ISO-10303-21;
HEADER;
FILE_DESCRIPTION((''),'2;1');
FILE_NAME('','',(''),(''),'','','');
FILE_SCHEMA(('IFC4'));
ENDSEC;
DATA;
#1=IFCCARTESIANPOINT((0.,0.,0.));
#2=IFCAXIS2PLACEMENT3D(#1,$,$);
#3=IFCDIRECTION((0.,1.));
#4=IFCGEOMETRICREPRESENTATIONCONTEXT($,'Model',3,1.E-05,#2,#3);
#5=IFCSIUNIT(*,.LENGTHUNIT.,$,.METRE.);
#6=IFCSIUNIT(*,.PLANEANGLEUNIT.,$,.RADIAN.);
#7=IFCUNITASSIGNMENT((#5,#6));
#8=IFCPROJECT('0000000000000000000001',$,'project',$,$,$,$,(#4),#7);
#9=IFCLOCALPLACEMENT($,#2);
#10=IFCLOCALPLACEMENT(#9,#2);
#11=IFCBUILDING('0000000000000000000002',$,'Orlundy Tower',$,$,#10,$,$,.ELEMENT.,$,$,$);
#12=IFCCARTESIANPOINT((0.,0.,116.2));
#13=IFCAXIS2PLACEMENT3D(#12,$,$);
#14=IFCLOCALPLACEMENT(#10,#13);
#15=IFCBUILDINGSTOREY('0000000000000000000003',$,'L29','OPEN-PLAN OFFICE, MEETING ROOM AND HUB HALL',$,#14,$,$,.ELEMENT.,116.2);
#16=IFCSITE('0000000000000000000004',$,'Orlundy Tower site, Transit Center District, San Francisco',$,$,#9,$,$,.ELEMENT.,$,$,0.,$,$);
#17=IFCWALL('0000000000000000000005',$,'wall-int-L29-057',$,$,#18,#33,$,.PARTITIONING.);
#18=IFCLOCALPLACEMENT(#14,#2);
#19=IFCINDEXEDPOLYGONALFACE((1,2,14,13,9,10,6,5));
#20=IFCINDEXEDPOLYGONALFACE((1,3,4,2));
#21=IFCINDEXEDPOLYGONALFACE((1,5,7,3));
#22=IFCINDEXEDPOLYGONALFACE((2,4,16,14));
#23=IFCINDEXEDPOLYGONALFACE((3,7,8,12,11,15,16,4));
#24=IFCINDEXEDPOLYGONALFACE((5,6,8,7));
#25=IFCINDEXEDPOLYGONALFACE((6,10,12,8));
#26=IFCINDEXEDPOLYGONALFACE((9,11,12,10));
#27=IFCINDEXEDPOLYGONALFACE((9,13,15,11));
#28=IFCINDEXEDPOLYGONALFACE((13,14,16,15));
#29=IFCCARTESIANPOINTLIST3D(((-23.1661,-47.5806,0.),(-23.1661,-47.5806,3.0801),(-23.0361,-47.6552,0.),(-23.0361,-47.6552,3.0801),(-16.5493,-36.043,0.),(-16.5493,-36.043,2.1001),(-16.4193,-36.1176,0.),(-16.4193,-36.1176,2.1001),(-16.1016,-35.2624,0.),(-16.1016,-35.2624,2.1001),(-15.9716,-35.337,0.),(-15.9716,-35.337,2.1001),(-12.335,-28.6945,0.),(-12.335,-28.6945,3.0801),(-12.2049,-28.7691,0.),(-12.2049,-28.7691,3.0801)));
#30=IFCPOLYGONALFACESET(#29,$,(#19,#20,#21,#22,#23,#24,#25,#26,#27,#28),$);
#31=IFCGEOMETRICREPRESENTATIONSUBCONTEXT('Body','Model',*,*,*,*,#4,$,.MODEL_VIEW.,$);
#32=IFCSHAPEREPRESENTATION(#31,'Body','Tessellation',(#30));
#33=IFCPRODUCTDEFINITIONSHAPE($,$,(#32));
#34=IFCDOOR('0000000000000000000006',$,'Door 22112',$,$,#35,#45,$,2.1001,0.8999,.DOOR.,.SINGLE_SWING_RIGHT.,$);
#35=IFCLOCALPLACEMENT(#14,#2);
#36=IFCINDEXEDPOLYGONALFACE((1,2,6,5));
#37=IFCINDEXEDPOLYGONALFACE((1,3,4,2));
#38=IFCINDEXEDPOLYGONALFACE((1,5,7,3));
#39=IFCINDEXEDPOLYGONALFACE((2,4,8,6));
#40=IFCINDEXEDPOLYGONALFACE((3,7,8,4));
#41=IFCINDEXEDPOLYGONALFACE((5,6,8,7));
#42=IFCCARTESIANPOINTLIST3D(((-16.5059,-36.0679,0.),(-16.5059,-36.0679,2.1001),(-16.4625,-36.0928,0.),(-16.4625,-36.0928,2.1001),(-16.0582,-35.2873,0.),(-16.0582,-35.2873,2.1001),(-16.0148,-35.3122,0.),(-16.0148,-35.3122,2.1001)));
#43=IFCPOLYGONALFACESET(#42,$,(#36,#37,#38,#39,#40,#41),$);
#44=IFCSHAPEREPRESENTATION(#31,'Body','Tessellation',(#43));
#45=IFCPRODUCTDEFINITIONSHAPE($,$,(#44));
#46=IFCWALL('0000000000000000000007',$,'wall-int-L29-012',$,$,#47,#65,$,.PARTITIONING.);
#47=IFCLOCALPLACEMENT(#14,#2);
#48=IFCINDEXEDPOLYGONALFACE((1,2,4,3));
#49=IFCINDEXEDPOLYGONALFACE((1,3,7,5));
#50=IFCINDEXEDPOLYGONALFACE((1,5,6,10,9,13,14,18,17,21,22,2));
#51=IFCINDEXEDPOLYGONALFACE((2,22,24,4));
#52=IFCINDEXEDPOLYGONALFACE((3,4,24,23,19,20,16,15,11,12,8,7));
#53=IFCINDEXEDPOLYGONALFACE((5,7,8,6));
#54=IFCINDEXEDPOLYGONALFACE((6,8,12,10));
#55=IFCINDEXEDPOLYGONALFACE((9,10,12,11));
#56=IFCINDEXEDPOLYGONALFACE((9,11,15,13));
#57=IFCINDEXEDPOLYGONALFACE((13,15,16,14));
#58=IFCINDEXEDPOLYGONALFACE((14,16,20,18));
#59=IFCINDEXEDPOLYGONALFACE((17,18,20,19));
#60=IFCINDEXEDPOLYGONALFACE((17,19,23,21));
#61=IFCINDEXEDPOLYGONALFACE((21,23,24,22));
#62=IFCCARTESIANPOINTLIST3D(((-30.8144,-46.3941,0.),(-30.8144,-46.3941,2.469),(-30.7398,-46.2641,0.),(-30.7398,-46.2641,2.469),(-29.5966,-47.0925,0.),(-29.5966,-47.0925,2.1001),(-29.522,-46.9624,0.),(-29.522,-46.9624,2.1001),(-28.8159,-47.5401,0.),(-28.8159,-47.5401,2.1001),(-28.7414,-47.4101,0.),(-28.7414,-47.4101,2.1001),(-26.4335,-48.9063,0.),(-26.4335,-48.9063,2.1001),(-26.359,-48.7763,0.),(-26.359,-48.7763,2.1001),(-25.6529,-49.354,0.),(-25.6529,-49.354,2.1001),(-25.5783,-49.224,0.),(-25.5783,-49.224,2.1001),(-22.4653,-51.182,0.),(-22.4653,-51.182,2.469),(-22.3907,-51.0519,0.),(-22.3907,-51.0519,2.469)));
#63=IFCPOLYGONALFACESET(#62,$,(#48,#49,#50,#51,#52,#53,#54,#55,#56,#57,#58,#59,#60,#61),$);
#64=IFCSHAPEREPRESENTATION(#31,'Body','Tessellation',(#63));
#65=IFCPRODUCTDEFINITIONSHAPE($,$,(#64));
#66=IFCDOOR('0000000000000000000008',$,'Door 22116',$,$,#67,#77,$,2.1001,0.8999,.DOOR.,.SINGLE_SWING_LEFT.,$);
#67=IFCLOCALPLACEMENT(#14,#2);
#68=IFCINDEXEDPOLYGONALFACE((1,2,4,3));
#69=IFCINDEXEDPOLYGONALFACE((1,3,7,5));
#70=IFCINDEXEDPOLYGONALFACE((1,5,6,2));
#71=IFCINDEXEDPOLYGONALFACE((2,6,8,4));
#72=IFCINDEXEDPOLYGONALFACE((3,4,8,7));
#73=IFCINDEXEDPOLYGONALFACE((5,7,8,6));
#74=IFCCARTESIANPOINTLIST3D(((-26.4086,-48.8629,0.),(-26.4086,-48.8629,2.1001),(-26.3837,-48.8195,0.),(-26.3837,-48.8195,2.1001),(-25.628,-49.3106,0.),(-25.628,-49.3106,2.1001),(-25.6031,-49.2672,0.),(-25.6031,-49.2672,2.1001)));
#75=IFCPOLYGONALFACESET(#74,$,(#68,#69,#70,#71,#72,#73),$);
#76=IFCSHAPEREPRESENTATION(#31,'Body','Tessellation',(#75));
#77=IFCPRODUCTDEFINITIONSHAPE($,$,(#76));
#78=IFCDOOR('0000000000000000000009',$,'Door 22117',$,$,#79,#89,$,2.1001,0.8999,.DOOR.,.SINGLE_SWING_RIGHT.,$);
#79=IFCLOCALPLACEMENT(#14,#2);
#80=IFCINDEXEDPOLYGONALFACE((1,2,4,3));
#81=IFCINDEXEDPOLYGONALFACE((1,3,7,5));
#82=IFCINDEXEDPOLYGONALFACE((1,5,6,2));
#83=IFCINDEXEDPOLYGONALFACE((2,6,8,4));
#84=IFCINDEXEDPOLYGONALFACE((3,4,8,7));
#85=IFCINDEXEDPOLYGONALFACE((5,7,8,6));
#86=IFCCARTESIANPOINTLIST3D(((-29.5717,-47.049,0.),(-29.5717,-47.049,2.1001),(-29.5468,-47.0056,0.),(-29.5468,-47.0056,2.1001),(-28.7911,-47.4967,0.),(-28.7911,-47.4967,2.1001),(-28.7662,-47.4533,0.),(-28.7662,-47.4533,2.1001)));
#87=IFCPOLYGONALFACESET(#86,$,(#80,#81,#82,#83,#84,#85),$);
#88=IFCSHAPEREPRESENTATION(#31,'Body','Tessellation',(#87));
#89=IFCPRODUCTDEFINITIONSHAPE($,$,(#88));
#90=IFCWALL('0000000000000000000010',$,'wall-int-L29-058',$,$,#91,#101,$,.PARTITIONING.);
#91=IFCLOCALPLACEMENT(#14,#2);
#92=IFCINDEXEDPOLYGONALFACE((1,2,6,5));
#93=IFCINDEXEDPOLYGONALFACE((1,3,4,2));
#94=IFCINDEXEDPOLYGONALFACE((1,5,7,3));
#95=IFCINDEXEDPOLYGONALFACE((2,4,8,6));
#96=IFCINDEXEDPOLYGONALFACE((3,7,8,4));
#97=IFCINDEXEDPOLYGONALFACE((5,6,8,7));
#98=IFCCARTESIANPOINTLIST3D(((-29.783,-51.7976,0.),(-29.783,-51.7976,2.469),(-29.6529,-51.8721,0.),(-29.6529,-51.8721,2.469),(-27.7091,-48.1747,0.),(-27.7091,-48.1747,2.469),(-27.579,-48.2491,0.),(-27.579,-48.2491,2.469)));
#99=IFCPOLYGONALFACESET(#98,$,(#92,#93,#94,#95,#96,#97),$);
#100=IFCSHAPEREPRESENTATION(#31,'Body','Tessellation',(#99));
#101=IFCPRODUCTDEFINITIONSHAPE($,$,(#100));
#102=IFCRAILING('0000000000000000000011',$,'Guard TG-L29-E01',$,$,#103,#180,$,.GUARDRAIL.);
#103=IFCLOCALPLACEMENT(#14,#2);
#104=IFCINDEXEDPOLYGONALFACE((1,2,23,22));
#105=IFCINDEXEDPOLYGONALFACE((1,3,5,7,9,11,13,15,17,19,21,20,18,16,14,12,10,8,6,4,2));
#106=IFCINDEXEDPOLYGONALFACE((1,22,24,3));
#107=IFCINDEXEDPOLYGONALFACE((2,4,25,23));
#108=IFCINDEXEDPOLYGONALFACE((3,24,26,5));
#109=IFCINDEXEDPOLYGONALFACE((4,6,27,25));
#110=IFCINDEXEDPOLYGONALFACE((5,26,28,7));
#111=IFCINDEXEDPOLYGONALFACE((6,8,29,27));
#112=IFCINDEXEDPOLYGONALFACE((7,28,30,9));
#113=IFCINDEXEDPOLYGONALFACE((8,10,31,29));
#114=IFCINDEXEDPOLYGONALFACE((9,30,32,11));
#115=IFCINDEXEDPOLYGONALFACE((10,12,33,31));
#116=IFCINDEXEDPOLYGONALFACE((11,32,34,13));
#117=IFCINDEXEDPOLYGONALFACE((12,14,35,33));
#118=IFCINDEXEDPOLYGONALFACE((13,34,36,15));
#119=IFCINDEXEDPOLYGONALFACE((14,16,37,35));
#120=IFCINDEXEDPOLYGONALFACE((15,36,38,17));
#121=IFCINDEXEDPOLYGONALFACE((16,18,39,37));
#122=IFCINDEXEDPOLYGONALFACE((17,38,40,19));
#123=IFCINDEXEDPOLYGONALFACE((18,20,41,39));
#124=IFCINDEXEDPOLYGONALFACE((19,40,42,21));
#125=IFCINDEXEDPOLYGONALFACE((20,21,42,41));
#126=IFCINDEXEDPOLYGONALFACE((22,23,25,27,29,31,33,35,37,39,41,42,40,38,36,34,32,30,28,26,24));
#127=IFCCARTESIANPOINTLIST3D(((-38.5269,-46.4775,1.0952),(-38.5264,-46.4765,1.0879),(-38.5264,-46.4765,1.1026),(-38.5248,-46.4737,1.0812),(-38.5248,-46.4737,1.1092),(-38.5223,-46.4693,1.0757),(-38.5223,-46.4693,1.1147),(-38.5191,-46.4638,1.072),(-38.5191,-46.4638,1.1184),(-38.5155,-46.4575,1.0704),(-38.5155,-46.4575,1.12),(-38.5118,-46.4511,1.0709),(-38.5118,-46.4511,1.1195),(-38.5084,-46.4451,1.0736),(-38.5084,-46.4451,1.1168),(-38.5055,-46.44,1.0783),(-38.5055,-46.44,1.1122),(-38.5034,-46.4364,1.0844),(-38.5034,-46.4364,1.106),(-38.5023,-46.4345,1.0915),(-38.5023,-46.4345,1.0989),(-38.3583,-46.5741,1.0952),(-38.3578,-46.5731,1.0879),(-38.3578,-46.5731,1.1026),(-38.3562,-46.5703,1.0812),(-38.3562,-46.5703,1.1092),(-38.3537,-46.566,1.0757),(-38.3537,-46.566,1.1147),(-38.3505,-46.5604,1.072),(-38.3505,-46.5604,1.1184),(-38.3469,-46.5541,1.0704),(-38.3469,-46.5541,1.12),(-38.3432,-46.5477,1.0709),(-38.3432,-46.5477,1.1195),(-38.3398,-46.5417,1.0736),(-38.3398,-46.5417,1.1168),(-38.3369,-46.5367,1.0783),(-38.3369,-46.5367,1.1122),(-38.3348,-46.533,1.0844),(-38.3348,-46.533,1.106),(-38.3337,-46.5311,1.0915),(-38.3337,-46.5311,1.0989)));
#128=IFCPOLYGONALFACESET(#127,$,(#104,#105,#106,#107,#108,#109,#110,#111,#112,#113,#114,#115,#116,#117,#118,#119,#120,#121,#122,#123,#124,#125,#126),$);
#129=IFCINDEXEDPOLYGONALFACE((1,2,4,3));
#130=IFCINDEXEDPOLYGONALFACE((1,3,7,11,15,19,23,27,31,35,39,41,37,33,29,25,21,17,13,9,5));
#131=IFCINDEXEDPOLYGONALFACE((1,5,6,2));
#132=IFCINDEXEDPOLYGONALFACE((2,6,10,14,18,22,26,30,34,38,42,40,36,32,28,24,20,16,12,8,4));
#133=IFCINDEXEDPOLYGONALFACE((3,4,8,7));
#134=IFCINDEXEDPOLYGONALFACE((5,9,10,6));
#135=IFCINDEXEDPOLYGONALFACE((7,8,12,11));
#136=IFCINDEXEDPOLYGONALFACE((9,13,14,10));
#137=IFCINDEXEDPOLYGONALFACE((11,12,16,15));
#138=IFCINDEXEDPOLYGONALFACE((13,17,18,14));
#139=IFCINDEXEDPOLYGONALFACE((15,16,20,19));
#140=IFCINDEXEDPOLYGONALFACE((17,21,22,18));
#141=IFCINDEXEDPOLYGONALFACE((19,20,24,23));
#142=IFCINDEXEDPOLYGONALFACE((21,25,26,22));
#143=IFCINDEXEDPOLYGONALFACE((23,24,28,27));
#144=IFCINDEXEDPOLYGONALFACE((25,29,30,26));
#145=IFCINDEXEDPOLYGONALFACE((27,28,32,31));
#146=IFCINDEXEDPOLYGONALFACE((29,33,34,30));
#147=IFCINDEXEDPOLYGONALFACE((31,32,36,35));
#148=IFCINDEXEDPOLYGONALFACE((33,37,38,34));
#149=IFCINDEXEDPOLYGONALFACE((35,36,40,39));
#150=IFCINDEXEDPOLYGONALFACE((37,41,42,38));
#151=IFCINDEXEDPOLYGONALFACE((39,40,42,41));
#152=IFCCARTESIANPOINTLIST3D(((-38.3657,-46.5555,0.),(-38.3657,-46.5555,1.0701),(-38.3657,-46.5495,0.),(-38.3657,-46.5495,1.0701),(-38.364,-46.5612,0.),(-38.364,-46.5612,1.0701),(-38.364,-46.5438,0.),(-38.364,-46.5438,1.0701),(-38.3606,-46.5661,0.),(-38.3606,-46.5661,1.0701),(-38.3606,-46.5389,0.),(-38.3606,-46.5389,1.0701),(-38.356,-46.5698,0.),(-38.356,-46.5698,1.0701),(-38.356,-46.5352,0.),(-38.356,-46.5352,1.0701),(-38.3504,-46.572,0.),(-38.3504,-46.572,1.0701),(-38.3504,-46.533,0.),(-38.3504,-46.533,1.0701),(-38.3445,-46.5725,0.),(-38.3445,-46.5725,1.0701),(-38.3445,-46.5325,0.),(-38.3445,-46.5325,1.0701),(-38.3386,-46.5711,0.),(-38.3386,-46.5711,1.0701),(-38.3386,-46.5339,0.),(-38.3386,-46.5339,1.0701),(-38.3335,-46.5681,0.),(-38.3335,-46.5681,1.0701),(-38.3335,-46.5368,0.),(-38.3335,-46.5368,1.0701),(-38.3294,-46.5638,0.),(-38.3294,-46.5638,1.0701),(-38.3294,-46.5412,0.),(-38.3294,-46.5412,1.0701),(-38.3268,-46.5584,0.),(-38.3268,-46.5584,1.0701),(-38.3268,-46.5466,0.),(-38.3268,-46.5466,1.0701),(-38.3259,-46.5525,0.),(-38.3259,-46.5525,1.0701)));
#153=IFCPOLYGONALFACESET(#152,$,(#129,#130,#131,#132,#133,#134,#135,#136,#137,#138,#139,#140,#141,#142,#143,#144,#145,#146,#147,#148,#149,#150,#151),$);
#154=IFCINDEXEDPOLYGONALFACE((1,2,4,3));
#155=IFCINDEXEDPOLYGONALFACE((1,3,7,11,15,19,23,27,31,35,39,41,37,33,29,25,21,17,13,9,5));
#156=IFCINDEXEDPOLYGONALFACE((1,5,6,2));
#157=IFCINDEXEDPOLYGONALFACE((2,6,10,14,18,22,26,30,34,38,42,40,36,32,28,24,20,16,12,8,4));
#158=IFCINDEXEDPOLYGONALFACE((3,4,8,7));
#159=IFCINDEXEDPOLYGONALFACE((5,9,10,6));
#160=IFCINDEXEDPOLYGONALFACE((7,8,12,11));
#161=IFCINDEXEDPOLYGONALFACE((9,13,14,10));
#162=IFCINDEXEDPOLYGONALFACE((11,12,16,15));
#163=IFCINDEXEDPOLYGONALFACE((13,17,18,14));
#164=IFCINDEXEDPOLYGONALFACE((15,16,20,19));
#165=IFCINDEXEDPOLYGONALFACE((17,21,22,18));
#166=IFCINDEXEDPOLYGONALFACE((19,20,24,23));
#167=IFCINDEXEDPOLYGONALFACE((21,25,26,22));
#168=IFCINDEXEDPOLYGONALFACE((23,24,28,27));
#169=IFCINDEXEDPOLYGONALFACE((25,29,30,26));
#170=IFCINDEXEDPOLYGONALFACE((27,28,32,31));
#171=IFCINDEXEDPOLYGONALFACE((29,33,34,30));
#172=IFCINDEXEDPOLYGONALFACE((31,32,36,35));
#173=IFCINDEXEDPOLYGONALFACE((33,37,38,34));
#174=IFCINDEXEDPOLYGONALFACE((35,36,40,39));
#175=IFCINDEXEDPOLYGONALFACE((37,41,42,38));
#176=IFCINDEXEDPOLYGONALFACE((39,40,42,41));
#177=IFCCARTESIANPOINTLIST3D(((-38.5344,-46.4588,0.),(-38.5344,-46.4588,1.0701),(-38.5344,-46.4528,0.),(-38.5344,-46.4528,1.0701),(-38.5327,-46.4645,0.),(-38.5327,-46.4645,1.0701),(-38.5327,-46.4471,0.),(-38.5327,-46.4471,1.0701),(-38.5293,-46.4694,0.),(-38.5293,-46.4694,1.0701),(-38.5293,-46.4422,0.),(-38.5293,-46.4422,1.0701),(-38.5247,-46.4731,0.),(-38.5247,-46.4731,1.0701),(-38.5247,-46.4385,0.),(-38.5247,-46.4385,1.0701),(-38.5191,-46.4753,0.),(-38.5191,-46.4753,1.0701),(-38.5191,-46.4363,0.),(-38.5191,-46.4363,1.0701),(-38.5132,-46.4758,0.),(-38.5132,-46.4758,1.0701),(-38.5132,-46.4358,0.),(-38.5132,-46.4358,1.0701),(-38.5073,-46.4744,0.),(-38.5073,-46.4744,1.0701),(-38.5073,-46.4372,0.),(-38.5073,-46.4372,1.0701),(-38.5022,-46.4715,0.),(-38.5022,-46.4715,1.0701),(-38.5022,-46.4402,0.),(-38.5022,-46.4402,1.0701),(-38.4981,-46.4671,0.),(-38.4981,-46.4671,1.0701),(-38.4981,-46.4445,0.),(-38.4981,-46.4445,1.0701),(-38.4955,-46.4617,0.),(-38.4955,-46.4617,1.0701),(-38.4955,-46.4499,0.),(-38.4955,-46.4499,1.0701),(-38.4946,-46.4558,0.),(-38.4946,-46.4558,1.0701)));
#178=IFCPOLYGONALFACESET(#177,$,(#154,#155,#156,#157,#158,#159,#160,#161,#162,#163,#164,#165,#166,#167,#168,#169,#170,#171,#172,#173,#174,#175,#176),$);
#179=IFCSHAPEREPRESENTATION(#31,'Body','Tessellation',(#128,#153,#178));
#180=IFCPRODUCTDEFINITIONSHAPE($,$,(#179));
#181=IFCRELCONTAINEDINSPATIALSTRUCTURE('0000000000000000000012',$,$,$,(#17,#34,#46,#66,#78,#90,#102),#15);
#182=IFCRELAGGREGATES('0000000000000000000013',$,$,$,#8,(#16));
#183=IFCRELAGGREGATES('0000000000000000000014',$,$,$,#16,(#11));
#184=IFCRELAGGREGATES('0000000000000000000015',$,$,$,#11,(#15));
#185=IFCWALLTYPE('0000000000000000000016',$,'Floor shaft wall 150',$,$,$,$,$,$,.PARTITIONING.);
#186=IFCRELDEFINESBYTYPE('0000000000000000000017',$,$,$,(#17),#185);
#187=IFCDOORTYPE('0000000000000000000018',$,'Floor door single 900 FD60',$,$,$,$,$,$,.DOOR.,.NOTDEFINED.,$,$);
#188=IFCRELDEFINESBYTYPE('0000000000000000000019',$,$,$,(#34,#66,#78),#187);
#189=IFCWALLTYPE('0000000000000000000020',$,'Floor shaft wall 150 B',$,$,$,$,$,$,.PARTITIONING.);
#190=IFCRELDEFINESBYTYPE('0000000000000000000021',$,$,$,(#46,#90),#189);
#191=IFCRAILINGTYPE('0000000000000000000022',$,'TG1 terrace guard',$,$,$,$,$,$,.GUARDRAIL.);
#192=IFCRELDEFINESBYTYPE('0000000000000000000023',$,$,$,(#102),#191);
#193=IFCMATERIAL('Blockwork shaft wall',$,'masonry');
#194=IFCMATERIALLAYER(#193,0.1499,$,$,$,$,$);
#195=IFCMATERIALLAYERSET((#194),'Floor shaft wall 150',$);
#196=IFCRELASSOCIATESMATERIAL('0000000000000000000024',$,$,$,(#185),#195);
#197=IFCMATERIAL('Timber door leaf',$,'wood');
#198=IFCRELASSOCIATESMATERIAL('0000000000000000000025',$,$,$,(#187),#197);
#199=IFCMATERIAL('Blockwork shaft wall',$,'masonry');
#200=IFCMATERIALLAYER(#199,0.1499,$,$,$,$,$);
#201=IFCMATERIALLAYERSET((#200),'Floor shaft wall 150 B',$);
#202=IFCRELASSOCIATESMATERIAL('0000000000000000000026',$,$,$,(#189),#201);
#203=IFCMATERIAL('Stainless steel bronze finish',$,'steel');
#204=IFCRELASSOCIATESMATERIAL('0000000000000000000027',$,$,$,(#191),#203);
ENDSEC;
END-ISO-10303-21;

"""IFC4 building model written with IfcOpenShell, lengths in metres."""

from ifc_helpers import new_model, si_unit, direction, frame, frame_2d, origin, origin_2d, place, context, subcontext, project, spatial, rectangle, circle, extrude, material, layer, layer_set, type_object, element, fill, save


model = new_model("IFC4")

# Units and contexts
model_context = context("Model", 3, precision=1e-05, world=origin(), true_north=direction((0.0, 1.0)))
body_context = subcontext(model_context, "Body", "Model", "MODEL_VIEW")
ifc_project = project(units=[si_unit("LENGTHUNIT", "METRE"), si_unit("PLANEANGLEUNIT", "RADIAN")], contexts=[model_context])

# Site, building, storey
site_placement = place(None, origin())
site = spatial("IfcSite", under=ifc_project, at=site_placement, Name="Orlundy Tower site, Transit Center District, San Francisco", CompositionType="ELEMENT", RefElevation=0.0)
building_placement = place(site_placement, origin())
building = spatial("IfcBuilding", under=site, at=building_placement, Name="Orlundy Tower", CompositionType="ELEMENT")
storey_placement = place(building_placement, frame((0.0, 0.0, 116.2)))
storey = spatial("IfcBuildingStorey", under=building, at=storey_placement, Name="L29", Description="OPEN-PLAN OFFICE, MEETING ROOM AND HUB HALL", CompositionType="ELEMENT", Elevation=116.2)

# Wall, opening, door
ifc_material_1 = material(Name="Blockwork shaft wall", Category="masonry")
ifc_layer_1 = layer(ifc_material_1, 0.1499)
ifc_layer_set_1 = layer_set([ifc_layer_1], Name="Floor shaft wall 150")
wall_type_1 = type_object("IfcWallType", Name="Floor shaft wall 150", PredefinedType="PARTITIONING", material=ifc_layer_set_1)
wall_1_placement = place(storey_placement, frame((-23.1011, -47.6179, 0.0), z_axis=(0.0, 0.0, 1.0), x_axis=(0.497491, 0.867469, 0.0)))
wall_1 = element("IfcWall", 1, at=wall_1_placement, inside=storey, type_object=wall_type_1, Name="wall-int-L29-057", PredefinedType="PARTITIONING", context=body_context, shape_type="SweptSolid", body=[
    extrude(rectangle(XDim=21.7715, YDim=0.1499, at=frame_2d((10.8857, 0.0))), origin(), (0.0, 0.0, 1.0), 3.0801),
])
opening_1_placement = place(wall_1_placement, frame((13.3003, 0.0, 0.0)))
opening_1 = element("IfcOpeningElement", 2, at=opening_1_placement, cuts=wall_1, PredefinedType="OPENING", context=body_context, shape_type="SweptSolid", body=[
    extrude(rectangle(XDim=0.8999, YDim=2.1001, at=frame_2d((0.45, 1.05))), frame((0.0, 0.085, 0.0), z_axis=(0.0, -1.0, 0.0), x_axis=(1.0, 0.0, 0.0)), (0.0, 0.0, 1.0), 0.1699),
])
ifc_material_2 = material(Name="Timber door leaf", Category="wood")
door_type_1 = type_object("IfcDoorType", Name="Floor door single 900 FD60", OperationType="NOTDEFINED", PredefinedType="DOOR", material=ifc_material_2)
door_1_placement = place(opening_1_placement, origin())
door_1 = element("IfcDoor", 3, at=door_1_placement, inside=storey, type_object=door_type_1, Name="Door 22112", OperationType="SINGLE_SWING_RIGHT", OverallHeight=2.1001, OverallWidth=0.8999, PredefinedType="DOOR", context=body_context, shape_type="SweptSolid", body=[
    extrude(rectangle(XDim=0.8999, YDim=2.1001, at=frame_2d((0.45, 1.05))), frame((0.0, 0.0249, 0.0), z_axis=(0.0, -1.0, 0.0), x_axis=(1.0, 0.0, 0.0)), (0.0, 0.0, 1.0), 0.05),
])
fill(opening_1, door_1)

# Wall, openings, doors
ifc_material_3 = material(Name="Blockwork shaft wall", Category="masonry")
ifc_layer_2 = layer(ifc_material_3, 0.1499)
ifc_layer_set_2 = layer_set([ifc_layer_2], Name="Floor shaft wall 150 B")
wall_type_2 = type_object("IfcWallType", Name="Floor shaft wall 150 B", PredefinedType="PARTITIONING", material=ifc_layer_set_2)
wall_2_placement = place(storey_placement, frame((-22.428, -51.1169, 0.0), z_axis=(0.0, 0.0, 1.0), x_axis=(-0.867485, 0.497463, 0.0)))
wall_2 = element("IfcWall", 4, at=wall_2_placement, inside=storey, type_object=wall_type_2, Name="wall-int-L29-012", PredefinedType="PARTITIONING", context=body_context, shape_type="SweptSolid", body=[
    extrude(rectangle(XDim=9.6245, YDim=0.1499, at=frame_2d((4.8123, 0.0))), origin(), (0.0, 0.0, 1.0), 2.469),
])
opening_2_placement = place(wall_2_placement, frame((3.6746, 0.0, 0.0)))
opening_2 = element("IfcOpeningElement", 5, at=opening_2_placement, cuts=wall_2, PredefinedType="OPENING", context=body_context, shape_type="SweptSolid", body=[
    extrude(rectangle(XDim=0.8999, YDim=2.1001, at=frame_2d((0.45, 1.05))), frame((0.0, 0.085, 0.0), z_axis=(0.0, -1.0, 0.0), x_axis=(1.0, 0.0, 0.0)), (0.0, 0.0, 1.0), 0.1699),
])
opening_3_placement = place(wall_2_placement, frame((7.3208, 0.0, 0.0)))
opening_3 = element("IfcOpeningElement", 6, at=opening_3_placement, cuts=wall_2, PredefinedType="OPENING", context=body_context, shape_type="SweptSolid", body=[
    extrude(rectangle(XDim=0.8999, YDim=2.1001, at=frame_2d((0.45, 1.05))), frame((0.0, 0.085, 0.0), z_axis=(0.0, -1.0, 0.0), x_axis=(1.0, 0.0, 0.0)), (0.0, 0.0, 1.0), 0.1699),
])
door_2_placement = place(opening_2_placement, origin())
door_2 = element("IfcDoor", 7, at=door_2_placement, inside=storey, type_object=door_type_1, Name="Door 22116", OperationType="SINGLE_SWING_LEFT", OverallHeight=2.1001, OverallWidth=0.8999, PredefinedType="DOOR", context=body_context, shape_type="SweptSolid", body=[
    extrude(rectangle(XDim=0.8999, YDim=2.1001, at=frame_2d((0.45, 1.05))), frame((0.0, 0.0249, 0.0), z_axis=(0.0, -1.0, 0.0), x_axis=(1.0, 0.0, 0.0)), (0.0, 0.0, 1.0), 0.05),
])
fill(opening_2, door_2)
door_3_placement = place(opening_3_placement, origin())
door_3 = element("IfcDoor", 8, at=door_3_placement, inside=storey, type_object=door_type_1, Name="Door 22117", OperationType="SINGLE_SWING_RIGHT", OverallHeight=2.1001, OverallWidth=0.8999, PredefinedType="DOOR", context=body_context, shape_type="SweptSolid", body=[
    extrude(rectangle(XDim=0.8999, YDim=2.1001, at=frame_2d((0.45, 1.05))), frame((0.0, 0.0249, 0.0), z_axis=(0.0, -1.0, 0.0), x_axis=(1.0, 0.0, 0.0)), (0.0, 0.0, 1.0), 0.05),
])
fill(opening_3, door_3)

# Wall
wall_3_placement = place(storey_placement, frame((-29.718, -51.835, 0.0), z_axis=(0.0, 0.0, 1.0), x_axis=(0.4968, 0.867865, 0.0)))
element("IfcWall", 9, at=wall_3_placement, inside=storey, type_object=wall_type_2, Name="wall-int-L29-058", PredefinedType="PARTITIONING", context=body_context, shape_type="SweptSolid", body=[
    extrude(rectangle(XDim=4.1746, YDim=0.1499, at=frame_2d((2.0874, 0.0))), origin(), (0.0, 0.0, 1.0), 2.469),
])

# Railing
ifc_material_4 = material(Name="Stainless steel bronze finish", Category="steel")
railing_type = type_object("IfcRailingType", Name="TG1 terrace guard", PredefinedType="GUARDRAIL", material=ifc_material_4)
railing_placement = place(storey_placement, frame((-38.3459, -46.5525, 0.0)))
element("IfcRailing", 10, at=railing_placement, inside=storey, type_object=railing_type, Name="Guard TG-L29-E01", PredefinedType="GUARDRAIL", context=body_context, shape_type="SweptSolid", body=[
    extrude(circle(Radius=0.0249, at=origin_2d()), frame((0.0, 0.0, 1.0952), z_axis=(-0.867624, 0.49722, 0.0), x_axis=(-0.49722, -0.867624, 0.0)), (0.0, 0.0, 1.0), 0.1943),
    extrude(circle(Radius=0.02, at=origin_2d()), origin(), (0.0, 0.0, 1.0), 1.0701),
    extrude(circle(Radius=0.02, at=origin_2d()), frame((-0.1687, 0.0967, 0.0)), (0.0, 0.0, 1.0), 1.0701),
])

save(model, "model.ifc")
